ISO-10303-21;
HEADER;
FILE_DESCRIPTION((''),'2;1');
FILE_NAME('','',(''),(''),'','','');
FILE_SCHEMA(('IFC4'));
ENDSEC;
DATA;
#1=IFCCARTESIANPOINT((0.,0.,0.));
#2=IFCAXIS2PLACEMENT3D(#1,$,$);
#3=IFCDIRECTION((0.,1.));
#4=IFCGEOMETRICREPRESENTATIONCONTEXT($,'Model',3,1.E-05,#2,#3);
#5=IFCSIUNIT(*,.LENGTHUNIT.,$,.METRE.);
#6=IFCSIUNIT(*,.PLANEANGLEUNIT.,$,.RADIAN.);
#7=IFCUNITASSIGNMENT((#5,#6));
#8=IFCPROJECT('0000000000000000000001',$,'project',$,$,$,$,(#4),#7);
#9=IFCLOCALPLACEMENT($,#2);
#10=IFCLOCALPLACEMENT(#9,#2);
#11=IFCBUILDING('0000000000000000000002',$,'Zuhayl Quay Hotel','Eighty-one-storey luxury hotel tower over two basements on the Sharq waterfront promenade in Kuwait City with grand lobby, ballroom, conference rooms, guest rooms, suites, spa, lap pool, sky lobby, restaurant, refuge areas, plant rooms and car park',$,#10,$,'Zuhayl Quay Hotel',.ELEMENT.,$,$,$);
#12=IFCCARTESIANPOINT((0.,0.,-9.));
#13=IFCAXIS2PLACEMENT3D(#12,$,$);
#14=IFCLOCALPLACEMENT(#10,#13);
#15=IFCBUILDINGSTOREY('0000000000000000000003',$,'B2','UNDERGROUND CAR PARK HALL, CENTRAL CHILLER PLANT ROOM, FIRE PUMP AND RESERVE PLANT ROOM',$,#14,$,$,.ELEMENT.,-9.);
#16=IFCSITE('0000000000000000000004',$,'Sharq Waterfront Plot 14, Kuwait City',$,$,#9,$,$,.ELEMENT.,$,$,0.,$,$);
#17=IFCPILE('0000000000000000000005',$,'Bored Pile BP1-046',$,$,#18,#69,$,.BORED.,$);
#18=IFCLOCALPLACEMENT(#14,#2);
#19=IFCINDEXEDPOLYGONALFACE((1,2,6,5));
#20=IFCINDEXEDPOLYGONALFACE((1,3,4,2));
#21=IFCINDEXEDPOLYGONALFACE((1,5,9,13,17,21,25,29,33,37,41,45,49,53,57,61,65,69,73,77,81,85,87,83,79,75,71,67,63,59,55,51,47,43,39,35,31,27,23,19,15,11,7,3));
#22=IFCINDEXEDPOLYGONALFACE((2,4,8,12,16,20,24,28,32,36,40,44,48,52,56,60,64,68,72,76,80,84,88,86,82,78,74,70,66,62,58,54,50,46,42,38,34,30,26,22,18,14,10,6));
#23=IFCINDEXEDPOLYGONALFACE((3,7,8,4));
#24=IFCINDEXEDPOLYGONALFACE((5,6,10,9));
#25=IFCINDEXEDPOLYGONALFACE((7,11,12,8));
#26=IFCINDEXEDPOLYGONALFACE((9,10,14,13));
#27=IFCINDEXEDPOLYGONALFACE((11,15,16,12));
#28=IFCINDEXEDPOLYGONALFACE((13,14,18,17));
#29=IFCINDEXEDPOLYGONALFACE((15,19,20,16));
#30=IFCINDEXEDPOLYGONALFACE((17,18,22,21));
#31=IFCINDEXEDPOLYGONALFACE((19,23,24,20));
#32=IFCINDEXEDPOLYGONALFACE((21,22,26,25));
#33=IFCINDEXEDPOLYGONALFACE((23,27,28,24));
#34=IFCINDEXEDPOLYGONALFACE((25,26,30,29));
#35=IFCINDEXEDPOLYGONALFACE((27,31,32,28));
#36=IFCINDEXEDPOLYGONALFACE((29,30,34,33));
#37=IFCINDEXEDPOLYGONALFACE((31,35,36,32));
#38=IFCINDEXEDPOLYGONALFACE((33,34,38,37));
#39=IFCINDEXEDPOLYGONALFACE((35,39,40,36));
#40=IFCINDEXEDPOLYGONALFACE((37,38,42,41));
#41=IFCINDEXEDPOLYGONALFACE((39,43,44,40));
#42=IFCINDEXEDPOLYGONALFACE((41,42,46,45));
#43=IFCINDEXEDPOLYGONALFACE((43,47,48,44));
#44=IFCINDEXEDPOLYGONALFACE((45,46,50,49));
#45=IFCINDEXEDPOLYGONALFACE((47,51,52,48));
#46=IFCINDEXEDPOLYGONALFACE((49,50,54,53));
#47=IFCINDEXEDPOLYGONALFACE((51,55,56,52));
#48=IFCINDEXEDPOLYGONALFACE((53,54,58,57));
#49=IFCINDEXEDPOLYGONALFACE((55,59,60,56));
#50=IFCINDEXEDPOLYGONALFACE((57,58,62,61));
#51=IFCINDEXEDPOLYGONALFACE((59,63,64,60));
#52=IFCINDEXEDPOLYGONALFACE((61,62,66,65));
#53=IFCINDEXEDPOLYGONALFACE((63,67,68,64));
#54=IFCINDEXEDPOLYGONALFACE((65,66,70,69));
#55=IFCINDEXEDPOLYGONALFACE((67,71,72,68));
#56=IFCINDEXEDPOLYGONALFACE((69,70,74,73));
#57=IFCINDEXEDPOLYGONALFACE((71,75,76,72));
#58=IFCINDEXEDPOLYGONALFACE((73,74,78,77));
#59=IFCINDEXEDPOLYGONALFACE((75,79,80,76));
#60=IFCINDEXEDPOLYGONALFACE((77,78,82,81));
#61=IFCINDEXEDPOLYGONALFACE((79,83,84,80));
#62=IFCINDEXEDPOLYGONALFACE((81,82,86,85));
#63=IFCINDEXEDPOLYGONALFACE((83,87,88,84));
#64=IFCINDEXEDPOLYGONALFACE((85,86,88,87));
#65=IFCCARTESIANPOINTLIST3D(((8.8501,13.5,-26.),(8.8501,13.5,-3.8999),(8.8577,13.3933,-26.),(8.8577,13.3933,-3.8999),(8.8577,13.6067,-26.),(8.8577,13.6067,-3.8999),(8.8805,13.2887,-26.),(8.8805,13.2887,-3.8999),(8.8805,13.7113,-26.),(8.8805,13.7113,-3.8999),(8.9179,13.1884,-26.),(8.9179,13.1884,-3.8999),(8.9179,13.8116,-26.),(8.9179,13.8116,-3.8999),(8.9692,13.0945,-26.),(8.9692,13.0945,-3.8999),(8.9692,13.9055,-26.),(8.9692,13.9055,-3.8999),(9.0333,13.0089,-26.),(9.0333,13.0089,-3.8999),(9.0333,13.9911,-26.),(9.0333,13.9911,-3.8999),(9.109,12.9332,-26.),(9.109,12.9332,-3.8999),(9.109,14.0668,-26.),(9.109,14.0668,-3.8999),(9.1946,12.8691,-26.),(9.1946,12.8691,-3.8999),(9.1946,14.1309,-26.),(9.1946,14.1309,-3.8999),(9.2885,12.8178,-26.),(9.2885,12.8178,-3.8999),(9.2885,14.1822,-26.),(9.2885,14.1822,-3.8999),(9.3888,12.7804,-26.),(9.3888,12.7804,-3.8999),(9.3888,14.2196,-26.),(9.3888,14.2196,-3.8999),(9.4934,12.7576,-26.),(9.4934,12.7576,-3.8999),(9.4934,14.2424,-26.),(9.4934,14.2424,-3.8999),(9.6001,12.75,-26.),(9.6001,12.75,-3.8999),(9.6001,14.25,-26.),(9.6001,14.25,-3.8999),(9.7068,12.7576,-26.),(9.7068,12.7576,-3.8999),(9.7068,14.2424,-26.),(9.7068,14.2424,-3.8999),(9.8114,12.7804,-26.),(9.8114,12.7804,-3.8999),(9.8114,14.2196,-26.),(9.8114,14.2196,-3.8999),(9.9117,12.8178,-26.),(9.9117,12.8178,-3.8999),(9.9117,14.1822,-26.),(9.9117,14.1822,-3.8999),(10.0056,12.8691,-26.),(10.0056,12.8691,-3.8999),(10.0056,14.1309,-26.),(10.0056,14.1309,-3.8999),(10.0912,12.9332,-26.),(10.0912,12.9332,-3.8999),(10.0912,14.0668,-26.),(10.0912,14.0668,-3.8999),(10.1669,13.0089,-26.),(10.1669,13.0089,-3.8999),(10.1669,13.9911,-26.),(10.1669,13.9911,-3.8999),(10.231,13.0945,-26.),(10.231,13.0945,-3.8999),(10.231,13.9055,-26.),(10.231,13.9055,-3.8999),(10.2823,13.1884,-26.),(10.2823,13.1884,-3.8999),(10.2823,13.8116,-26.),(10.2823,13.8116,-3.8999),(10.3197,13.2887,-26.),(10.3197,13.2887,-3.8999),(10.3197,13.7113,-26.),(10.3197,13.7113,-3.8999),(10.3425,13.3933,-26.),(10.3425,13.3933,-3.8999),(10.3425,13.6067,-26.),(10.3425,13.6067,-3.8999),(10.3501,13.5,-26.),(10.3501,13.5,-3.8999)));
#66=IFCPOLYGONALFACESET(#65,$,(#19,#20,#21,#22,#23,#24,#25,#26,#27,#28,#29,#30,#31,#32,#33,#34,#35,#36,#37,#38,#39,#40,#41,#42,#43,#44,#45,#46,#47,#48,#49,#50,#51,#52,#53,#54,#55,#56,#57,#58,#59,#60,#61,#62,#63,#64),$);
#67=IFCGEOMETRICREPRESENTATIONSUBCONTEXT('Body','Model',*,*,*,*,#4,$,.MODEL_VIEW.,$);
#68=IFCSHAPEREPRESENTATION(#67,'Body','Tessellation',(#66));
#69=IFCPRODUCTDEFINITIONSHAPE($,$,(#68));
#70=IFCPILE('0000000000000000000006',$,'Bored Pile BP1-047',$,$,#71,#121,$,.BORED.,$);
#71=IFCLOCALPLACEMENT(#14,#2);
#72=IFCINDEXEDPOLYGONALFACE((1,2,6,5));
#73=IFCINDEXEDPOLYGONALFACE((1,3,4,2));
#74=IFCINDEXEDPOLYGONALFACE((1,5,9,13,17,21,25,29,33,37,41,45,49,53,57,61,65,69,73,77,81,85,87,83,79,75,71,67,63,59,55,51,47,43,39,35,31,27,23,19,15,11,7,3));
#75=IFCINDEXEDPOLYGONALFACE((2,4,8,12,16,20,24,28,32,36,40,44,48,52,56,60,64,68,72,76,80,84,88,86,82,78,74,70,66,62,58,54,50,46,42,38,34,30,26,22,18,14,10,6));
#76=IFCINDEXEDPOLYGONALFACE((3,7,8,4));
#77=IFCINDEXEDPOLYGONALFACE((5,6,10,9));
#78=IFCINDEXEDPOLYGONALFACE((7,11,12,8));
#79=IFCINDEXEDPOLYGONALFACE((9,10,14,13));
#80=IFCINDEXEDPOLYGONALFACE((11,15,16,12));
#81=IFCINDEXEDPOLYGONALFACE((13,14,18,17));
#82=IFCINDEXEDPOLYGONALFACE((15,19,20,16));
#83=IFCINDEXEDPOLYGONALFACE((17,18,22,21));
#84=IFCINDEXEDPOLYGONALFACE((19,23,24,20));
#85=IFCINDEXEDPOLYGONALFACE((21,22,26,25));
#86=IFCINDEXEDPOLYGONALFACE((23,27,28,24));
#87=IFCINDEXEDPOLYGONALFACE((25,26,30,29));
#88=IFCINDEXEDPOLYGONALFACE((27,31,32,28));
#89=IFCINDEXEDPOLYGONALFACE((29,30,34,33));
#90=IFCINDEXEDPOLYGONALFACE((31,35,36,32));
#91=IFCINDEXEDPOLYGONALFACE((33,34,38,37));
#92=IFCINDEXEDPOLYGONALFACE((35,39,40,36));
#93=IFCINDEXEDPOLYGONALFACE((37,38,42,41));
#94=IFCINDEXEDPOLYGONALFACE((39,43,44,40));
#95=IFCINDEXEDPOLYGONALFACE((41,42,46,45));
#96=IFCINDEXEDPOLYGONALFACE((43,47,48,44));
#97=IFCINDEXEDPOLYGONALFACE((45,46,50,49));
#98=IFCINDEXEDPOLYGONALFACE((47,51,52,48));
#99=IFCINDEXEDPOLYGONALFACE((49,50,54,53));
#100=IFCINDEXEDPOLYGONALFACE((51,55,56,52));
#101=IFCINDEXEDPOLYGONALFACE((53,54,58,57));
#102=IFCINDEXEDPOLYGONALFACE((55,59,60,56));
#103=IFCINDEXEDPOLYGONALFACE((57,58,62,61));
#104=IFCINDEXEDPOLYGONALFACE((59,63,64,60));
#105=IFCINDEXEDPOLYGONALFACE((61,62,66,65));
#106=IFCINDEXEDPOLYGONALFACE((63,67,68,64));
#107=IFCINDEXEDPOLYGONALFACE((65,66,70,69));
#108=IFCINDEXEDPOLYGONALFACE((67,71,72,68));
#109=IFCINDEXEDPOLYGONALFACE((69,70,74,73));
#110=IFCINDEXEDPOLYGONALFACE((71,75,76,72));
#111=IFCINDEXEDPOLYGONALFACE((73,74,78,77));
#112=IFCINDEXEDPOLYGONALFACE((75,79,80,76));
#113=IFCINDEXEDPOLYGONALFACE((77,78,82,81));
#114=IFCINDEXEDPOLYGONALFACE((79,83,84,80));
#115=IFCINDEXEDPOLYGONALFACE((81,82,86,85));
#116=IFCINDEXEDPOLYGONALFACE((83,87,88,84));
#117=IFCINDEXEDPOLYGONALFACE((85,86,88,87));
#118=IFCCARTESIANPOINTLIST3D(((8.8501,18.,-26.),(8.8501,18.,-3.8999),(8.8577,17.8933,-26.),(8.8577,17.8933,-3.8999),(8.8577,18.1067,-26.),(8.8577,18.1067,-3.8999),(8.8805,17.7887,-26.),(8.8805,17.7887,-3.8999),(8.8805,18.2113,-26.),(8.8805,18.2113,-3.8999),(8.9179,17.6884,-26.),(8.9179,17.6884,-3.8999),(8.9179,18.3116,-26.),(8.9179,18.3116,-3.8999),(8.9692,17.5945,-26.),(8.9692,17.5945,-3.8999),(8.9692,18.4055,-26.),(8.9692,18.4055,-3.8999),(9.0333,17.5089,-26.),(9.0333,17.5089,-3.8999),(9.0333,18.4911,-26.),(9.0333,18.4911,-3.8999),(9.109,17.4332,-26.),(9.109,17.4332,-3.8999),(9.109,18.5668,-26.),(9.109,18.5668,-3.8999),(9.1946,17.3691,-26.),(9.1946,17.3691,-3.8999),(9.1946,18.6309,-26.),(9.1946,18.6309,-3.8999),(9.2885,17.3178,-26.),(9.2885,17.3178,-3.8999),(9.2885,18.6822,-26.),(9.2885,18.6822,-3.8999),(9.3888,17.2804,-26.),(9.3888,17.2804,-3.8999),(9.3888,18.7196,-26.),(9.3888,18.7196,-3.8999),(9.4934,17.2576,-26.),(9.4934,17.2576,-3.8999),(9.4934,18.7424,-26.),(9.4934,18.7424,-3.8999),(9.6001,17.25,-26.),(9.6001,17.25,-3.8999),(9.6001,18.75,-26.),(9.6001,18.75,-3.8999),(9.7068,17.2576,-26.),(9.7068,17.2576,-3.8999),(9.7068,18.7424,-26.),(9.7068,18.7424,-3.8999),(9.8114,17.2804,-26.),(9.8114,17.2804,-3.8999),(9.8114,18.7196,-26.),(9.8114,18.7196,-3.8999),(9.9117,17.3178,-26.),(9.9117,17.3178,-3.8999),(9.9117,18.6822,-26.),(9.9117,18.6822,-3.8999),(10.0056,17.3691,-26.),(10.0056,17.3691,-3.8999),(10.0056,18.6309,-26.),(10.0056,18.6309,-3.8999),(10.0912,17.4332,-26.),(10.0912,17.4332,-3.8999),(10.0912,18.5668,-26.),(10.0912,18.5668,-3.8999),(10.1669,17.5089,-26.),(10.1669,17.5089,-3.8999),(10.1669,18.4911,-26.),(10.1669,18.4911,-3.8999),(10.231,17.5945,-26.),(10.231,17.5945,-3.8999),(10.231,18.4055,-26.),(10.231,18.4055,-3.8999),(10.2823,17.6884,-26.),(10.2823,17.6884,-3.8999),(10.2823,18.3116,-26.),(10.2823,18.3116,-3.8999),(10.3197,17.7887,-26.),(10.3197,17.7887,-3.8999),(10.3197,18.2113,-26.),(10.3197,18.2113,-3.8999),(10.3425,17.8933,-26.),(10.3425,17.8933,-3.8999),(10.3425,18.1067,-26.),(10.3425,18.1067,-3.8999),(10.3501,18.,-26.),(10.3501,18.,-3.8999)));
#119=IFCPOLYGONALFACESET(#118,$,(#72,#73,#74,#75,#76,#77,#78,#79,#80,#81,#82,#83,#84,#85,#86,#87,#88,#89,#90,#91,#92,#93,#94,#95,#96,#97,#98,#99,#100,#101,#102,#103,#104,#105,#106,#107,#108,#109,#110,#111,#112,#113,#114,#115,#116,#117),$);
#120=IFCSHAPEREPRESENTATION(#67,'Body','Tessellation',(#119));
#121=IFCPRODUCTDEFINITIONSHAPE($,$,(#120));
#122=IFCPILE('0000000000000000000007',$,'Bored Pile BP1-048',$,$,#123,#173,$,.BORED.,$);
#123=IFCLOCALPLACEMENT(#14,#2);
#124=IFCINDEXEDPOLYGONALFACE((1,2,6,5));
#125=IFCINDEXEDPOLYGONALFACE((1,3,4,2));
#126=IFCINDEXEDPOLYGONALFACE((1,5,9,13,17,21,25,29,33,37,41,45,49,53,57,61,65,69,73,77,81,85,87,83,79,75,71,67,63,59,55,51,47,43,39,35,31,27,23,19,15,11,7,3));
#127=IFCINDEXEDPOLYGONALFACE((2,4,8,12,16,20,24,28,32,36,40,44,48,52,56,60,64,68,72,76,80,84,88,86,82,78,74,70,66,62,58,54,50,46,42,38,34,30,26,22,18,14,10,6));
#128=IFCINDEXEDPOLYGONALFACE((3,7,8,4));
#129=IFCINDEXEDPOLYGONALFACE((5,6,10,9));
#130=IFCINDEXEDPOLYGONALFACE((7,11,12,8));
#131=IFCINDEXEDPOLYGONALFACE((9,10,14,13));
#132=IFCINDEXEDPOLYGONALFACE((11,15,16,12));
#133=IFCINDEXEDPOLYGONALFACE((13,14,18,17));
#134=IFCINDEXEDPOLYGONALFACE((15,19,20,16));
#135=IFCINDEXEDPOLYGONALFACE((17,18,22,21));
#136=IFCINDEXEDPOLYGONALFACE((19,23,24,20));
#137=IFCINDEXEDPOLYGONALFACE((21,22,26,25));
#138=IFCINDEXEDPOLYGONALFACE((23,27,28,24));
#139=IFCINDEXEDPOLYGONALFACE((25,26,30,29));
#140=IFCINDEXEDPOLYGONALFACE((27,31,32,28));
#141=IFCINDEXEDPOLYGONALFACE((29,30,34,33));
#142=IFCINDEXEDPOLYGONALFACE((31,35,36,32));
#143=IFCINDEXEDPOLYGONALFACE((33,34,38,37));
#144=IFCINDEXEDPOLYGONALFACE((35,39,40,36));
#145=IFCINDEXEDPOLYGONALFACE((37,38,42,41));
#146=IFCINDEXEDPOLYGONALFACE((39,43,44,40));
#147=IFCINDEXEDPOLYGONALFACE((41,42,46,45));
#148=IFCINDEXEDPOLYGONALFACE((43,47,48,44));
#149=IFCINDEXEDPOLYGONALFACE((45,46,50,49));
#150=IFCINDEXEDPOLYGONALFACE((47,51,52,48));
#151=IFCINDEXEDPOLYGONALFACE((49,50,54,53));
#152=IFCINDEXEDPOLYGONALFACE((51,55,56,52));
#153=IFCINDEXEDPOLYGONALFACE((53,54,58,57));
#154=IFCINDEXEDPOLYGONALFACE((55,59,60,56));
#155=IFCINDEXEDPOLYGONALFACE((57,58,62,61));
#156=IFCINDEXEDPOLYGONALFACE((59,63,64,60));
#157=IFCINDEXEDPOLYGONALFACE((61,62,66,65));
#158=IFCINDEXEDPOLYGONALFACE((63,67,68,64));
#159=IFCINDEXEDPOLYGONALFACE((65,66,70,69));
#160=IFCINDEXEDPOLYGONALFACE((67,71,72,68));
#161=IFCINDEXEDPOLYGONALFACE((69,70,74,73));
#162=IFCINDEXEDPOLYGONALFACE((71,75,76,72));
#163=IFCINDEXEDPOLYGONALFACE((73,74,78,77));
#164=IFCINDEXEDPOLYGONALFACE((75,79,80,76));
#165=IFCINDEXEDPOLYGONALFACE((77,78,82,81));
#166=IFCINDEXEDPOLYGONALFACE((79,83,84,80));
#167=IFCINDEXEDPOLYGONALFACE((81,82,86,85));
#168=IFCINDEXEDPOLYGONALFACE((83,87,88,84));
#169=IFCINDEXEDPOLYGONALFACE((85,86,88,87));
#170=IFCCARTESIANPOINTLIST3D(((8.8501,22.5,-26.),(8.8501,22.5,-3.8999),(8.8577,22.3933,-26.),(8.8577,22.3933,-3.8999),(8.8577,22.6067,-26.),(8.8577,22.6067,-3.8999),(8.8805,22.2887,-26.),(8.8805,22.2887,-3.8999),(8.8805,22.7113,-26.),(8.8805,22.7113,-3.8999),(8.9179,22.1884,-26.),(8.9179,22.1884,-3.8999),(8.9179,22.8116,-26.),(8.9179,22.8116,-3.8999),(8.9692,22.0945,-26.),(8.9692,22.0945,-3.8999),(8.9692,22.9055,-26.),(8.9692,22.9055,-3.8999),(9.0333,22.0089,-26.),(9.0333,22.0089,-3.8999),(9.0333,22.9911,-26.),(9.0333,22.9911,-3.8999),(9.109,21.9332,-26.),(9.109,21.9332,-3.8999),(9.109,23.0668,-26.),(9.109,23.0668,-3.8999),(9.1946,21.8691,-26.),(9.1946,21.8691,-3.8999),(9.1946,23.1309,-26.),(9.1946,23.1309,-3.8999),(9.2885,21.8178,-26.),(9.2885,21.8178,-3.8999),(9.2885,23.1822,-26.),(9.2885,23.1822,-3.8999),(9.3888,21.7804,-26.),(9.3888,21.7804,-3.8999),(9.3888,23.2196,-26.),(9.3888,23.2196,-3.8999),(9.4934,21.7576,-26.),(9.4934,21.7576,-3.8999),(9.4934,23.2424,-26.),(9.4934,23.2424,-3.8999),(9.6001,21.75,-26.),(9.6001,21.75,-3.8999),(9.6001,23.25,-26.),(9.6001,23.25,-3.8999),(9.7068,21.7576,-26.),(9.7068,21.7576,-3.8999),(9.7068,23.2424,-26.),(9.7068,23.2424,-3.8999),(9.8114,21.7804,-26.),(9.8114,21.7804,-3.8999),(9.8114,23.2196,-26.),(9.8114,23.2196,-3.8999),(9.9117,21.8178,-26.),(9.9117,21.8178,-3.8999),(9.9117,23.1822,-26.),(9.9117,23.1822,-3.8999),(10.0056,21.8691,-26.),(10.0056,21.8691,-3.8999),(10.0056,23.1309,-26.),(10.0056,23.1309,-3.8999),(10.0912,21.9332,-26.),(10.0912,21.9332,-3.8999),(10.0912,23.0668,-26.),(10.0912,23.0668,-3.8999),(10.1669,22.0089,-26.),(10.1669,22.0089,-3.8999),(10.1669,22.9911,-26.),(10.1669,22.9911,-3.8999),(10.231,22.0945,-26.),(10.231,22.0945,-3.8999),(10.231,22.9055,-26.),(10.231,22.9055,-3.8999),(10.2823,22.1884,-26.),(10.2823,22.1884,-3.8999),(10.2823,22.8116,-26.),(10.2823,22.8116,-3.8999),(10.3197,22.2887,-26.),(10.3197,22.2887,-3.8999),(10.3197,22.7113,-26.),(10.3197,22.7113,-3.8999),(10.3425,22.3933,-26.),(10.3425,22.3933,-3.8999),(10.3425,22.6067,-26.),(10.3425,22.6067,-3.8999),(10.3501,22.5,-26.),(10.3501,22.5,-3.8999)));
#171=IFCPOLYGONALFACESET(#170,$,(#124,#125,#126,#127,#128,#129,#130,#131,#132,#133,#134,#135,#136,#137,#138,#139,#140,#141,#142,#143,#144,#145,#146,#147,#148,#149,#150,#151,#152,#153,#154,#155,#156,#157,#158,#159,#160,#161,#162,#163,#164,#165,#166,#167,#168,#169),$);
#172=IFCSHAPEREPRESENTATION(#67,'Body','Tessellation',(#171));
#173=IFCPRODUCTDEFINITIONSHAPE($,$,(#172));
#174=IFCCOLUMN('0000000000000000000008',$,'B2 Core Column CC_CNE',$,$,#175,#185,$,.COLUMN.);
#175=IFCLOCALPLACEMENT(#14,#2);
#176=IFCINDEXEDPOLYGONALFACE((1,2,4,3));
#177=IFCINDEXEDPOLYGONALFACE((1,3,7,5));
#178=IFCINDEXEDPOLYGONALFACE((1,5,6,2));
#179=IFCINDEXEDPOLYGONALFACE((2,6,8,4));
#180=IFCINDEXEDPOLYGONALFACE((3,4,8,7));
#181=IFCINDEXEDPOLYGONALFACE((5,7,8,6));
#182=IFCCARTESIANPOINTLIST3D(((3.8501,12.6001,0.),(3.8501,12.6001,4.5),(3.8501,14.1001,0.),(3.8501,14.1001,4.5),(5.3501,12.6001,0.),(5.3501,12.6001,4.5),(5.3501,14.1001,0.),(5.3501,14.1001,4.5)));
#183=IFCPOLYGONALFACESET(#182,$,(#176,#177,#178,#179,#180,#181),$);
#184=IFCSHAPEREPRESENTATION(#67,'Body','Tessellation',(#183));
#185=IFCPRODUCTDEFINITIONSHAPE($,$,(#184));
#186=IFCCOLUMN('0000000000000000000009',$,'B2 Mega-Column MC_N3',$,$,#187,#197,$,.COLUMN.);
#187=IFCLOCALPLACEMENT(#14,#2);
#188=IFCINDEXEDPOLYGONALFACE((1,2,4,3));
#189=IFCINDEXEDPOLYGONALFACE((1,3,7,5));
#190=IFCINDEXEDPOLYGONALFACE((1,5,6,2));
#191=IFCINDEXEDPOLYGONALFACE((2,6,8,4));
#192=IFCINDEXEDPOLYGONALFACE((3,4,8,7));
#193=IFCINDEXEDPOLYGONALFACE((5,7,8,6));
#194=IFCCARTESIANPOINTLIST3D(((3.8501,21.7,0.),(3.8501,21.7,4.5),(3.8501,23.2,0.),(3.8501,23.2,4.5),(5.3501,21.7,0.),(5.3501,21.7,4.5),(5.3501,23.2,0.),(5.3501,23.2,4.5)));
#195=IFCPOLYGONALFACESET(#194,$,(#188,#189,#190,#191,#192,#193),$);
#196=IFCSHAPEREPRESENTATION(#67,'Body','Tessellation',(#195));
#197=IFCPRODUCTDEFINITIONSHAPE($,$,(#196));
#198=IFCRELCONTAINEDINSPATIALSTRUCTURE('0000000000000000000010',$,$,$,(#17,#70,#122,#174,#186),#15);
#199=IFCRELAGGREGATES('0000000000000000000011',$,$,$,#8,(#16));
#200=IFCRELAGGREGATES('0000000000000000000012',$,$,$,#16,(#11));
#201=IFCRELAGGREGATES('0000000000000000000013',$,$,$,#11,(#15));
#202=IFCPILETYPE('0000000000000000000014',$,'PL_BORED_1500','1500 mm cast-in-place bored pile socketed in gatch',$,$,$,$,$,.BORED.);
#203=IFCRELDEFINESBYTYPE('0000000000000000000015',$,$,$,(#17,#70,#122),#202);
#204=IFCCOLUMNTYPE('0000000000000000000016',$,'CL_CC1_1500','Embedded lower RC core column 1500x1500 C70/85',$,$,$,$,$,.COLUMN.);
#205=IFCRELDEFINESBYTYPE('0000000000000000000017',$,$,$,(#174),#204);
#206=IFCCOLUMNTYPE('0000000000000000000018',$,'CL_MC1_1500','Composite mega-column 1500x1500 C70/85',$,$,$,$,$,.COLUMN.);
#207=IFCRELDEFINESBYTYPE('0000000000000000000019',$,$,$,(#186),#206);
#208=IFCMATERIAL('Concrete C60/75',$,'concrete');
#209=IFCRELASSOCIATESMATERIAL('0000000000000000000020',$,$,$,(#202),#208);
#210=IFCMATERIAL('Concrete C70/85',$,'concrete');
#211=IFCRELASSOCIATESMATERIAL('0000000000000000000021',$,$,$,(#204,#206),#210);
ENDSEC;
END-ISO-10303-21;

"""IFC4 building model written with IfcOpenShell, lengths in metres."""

from ifc_helpers import new_model, si_unit, direction, frame, origin, origin_2d, place, context, subcontext, project, spatial, rectangle, circle, extrude, material, material_profile, profile_set, type_object, element, save


model = new_model("IFC4")

# Units and contexts
model_context = context("Model", 3, precision=1e-05, world=origin(), true_north=direction((0.0, 1.0)))
body_context = subcontext(model_context, "Body", "Model", "MODEL_VIEW")
ifc_project = project(units=[si_unit("LENGTHUNIT", "METRE"), si_unit("PLANEANGLEUNIT", "RADIAN")], contexts=[model_context])

# Site, building, storey
site_placement = place(None, origin())
site = spatial("IfcSite", under=ifc_project, at=site_placement, Name="Sharq Waterfront Plot 14, Kuwait City", CompositionType="ELEMENT", RefElevation=0.0)
building_placement = place(site_placement, origin())
building = spatial("IfcBuilding", under=site, at=building_placement, Name="Zuhayl Quay Hotel", Description="Eighty-one-storey luxury hotel tower over two basements on the Sharq waterfront promenade in Kuwait City with grand lobby, ballroom, conference rooms, guest rooms, suites, spa, lap pool, sky lobby, restaurant, refuge areas, plant rooms and car park", LongName="Zuhayl Quay Hotel", CompositionType="ELEMENT")
storey_placement = place(building_placement, frame((0.0, 0.0, -9.0)))
storey = spatial("IfcBuildingStorey", under=building, at=storey_placement, Name="B2", Description="UNDERGROUND CAR PARK HALL, CENTRAL CHILLER PLANT ROOM, FIRE PUMP AND RESERVE PLANT ROOM", CompositionType="ELEMENT", Elevation=-9.0)

# Piles
ifc_material_1 = material(Name="Concrete C60/75", Category="concrete")
ifc_material_profile_1 = material_profile(ifc_material_1, circle(Radius=0.75, at=origin_2d()), Name="PILE1500")
ifc_profile_set_1 = profile_set([ifc_material_profile_1], Name="Concrete C60/75")
pile_type = type_object("IfcPileType", Name="PL_BORED_1500", Description="1500 mm cast-in-place bored pile socketed in gatch", PredefinedType="BORED", material=ifc_profile_set_1)
for number, where, z_axis, x_axis, name in (
    (1, (9.6001, 13.5, -3.8999), (0.0, 0.0, -1.0), (1.0, 0.0, 0.0), "Bored Pile BP1-046"),
    (2, (9.6001, 18.0, -3.8999), (0.0, 0.0, -1.0), (1.0, 0.0, 0.0), "Bored Pile BP1-047"),
    (3, (9.6001, 22.5, -3.8999), (0.0, 0.0, -1.0), (1.0, 0.0, 0.0), "Bored Pile BP1-048"),
):
    element("IfcPile", number, at=place(storey_placement, frame(where, z_axis=z_axis, x_axis=x_axis)), inside=storey, type_object=pile_type, Name=name, PredefinedType="BORED", context=body_context, shape_type="SweptSolid", body=[
        extrude(circle(Radius=0.75, at=origin_2d()), origin(), (0.0, 0.0, 1.0), 22.1001),
    ])

# Columns
ifc_material_2 = material(Name="Concrete C70/85", Category="concrete")
ifc_material_profile_2 = material_profile(ifc_material_2, rectangle(XDim=1.5, YDim=1.5, at=origin_2d()), Name="RC1500X1500")
ifc_profile_set_2 = profile_set([ifc_material_profile_2], Name="Concrete C70/85")
column_type_1 = type_object("IfcColumnType", Name="CL_CC1_1500", Description="Embedded lower RC core column 1500x1500 C70/85", PredefinedType="COLUMN", material=ifc_profile_set_2)
column_1_placement = place(storey_placement, frame((4.6001, 13.3501, 0.0), z_axis=(0.0, 0.0, 1.0), x_axis=(1.0, 0.0, 0.0)))
element("IfcColumn", 4, at=column_1_placement, inside=storey, type_object=column_type_1, Name="B2 Core Column CC_CNE", PredefinedType="COLUMN", context=body_context, shape_type="SweptSolid", body=[
    extrude(rectangle(XDim=1.5, YDim=1.5, at=origin_2d()), origin(), (0.0, 0.0, 1.0), 4.5),
])
ifc_material_profile_3 = material_profile(ifc_material_2, rectangle(XDim=1.5, YDim=1.5, at=origin_2d()), Name="RC1500X1500")
ifc_profile_set_3 = profile_set([ifc_material_profile_3], Name="Concrete C70/85")
column_type_2 = type_object("IfcColumnType", Name="CL_MC1_1500", Description="Composite mega-column 1500x1500 C70/85", PredefinedType="COLUMN", material=ifc_profile_set_3)
column_2_placement = place(storey_placement, frame((4.6001, 22.45, 0.0), z_axis=(0.0, 0.0, 1.0), x_axis=(1.0, 0.0, 0.0)))
element("IfcColumn", 5, at=column_2_placement, inside=storey, type_object=column_type_2, Name="B2 Mega-Column MC_N3", PredefinedType="COLUMN", context=body_context, shape_type="SweptSolid", body=[
    extrude(rectangle(XDim=1.5, YDim=1.5, at=origin_2d()), origin(), (0.0, 0.0, 1.0), 4.5),
])

save(model, "model.ifc")
